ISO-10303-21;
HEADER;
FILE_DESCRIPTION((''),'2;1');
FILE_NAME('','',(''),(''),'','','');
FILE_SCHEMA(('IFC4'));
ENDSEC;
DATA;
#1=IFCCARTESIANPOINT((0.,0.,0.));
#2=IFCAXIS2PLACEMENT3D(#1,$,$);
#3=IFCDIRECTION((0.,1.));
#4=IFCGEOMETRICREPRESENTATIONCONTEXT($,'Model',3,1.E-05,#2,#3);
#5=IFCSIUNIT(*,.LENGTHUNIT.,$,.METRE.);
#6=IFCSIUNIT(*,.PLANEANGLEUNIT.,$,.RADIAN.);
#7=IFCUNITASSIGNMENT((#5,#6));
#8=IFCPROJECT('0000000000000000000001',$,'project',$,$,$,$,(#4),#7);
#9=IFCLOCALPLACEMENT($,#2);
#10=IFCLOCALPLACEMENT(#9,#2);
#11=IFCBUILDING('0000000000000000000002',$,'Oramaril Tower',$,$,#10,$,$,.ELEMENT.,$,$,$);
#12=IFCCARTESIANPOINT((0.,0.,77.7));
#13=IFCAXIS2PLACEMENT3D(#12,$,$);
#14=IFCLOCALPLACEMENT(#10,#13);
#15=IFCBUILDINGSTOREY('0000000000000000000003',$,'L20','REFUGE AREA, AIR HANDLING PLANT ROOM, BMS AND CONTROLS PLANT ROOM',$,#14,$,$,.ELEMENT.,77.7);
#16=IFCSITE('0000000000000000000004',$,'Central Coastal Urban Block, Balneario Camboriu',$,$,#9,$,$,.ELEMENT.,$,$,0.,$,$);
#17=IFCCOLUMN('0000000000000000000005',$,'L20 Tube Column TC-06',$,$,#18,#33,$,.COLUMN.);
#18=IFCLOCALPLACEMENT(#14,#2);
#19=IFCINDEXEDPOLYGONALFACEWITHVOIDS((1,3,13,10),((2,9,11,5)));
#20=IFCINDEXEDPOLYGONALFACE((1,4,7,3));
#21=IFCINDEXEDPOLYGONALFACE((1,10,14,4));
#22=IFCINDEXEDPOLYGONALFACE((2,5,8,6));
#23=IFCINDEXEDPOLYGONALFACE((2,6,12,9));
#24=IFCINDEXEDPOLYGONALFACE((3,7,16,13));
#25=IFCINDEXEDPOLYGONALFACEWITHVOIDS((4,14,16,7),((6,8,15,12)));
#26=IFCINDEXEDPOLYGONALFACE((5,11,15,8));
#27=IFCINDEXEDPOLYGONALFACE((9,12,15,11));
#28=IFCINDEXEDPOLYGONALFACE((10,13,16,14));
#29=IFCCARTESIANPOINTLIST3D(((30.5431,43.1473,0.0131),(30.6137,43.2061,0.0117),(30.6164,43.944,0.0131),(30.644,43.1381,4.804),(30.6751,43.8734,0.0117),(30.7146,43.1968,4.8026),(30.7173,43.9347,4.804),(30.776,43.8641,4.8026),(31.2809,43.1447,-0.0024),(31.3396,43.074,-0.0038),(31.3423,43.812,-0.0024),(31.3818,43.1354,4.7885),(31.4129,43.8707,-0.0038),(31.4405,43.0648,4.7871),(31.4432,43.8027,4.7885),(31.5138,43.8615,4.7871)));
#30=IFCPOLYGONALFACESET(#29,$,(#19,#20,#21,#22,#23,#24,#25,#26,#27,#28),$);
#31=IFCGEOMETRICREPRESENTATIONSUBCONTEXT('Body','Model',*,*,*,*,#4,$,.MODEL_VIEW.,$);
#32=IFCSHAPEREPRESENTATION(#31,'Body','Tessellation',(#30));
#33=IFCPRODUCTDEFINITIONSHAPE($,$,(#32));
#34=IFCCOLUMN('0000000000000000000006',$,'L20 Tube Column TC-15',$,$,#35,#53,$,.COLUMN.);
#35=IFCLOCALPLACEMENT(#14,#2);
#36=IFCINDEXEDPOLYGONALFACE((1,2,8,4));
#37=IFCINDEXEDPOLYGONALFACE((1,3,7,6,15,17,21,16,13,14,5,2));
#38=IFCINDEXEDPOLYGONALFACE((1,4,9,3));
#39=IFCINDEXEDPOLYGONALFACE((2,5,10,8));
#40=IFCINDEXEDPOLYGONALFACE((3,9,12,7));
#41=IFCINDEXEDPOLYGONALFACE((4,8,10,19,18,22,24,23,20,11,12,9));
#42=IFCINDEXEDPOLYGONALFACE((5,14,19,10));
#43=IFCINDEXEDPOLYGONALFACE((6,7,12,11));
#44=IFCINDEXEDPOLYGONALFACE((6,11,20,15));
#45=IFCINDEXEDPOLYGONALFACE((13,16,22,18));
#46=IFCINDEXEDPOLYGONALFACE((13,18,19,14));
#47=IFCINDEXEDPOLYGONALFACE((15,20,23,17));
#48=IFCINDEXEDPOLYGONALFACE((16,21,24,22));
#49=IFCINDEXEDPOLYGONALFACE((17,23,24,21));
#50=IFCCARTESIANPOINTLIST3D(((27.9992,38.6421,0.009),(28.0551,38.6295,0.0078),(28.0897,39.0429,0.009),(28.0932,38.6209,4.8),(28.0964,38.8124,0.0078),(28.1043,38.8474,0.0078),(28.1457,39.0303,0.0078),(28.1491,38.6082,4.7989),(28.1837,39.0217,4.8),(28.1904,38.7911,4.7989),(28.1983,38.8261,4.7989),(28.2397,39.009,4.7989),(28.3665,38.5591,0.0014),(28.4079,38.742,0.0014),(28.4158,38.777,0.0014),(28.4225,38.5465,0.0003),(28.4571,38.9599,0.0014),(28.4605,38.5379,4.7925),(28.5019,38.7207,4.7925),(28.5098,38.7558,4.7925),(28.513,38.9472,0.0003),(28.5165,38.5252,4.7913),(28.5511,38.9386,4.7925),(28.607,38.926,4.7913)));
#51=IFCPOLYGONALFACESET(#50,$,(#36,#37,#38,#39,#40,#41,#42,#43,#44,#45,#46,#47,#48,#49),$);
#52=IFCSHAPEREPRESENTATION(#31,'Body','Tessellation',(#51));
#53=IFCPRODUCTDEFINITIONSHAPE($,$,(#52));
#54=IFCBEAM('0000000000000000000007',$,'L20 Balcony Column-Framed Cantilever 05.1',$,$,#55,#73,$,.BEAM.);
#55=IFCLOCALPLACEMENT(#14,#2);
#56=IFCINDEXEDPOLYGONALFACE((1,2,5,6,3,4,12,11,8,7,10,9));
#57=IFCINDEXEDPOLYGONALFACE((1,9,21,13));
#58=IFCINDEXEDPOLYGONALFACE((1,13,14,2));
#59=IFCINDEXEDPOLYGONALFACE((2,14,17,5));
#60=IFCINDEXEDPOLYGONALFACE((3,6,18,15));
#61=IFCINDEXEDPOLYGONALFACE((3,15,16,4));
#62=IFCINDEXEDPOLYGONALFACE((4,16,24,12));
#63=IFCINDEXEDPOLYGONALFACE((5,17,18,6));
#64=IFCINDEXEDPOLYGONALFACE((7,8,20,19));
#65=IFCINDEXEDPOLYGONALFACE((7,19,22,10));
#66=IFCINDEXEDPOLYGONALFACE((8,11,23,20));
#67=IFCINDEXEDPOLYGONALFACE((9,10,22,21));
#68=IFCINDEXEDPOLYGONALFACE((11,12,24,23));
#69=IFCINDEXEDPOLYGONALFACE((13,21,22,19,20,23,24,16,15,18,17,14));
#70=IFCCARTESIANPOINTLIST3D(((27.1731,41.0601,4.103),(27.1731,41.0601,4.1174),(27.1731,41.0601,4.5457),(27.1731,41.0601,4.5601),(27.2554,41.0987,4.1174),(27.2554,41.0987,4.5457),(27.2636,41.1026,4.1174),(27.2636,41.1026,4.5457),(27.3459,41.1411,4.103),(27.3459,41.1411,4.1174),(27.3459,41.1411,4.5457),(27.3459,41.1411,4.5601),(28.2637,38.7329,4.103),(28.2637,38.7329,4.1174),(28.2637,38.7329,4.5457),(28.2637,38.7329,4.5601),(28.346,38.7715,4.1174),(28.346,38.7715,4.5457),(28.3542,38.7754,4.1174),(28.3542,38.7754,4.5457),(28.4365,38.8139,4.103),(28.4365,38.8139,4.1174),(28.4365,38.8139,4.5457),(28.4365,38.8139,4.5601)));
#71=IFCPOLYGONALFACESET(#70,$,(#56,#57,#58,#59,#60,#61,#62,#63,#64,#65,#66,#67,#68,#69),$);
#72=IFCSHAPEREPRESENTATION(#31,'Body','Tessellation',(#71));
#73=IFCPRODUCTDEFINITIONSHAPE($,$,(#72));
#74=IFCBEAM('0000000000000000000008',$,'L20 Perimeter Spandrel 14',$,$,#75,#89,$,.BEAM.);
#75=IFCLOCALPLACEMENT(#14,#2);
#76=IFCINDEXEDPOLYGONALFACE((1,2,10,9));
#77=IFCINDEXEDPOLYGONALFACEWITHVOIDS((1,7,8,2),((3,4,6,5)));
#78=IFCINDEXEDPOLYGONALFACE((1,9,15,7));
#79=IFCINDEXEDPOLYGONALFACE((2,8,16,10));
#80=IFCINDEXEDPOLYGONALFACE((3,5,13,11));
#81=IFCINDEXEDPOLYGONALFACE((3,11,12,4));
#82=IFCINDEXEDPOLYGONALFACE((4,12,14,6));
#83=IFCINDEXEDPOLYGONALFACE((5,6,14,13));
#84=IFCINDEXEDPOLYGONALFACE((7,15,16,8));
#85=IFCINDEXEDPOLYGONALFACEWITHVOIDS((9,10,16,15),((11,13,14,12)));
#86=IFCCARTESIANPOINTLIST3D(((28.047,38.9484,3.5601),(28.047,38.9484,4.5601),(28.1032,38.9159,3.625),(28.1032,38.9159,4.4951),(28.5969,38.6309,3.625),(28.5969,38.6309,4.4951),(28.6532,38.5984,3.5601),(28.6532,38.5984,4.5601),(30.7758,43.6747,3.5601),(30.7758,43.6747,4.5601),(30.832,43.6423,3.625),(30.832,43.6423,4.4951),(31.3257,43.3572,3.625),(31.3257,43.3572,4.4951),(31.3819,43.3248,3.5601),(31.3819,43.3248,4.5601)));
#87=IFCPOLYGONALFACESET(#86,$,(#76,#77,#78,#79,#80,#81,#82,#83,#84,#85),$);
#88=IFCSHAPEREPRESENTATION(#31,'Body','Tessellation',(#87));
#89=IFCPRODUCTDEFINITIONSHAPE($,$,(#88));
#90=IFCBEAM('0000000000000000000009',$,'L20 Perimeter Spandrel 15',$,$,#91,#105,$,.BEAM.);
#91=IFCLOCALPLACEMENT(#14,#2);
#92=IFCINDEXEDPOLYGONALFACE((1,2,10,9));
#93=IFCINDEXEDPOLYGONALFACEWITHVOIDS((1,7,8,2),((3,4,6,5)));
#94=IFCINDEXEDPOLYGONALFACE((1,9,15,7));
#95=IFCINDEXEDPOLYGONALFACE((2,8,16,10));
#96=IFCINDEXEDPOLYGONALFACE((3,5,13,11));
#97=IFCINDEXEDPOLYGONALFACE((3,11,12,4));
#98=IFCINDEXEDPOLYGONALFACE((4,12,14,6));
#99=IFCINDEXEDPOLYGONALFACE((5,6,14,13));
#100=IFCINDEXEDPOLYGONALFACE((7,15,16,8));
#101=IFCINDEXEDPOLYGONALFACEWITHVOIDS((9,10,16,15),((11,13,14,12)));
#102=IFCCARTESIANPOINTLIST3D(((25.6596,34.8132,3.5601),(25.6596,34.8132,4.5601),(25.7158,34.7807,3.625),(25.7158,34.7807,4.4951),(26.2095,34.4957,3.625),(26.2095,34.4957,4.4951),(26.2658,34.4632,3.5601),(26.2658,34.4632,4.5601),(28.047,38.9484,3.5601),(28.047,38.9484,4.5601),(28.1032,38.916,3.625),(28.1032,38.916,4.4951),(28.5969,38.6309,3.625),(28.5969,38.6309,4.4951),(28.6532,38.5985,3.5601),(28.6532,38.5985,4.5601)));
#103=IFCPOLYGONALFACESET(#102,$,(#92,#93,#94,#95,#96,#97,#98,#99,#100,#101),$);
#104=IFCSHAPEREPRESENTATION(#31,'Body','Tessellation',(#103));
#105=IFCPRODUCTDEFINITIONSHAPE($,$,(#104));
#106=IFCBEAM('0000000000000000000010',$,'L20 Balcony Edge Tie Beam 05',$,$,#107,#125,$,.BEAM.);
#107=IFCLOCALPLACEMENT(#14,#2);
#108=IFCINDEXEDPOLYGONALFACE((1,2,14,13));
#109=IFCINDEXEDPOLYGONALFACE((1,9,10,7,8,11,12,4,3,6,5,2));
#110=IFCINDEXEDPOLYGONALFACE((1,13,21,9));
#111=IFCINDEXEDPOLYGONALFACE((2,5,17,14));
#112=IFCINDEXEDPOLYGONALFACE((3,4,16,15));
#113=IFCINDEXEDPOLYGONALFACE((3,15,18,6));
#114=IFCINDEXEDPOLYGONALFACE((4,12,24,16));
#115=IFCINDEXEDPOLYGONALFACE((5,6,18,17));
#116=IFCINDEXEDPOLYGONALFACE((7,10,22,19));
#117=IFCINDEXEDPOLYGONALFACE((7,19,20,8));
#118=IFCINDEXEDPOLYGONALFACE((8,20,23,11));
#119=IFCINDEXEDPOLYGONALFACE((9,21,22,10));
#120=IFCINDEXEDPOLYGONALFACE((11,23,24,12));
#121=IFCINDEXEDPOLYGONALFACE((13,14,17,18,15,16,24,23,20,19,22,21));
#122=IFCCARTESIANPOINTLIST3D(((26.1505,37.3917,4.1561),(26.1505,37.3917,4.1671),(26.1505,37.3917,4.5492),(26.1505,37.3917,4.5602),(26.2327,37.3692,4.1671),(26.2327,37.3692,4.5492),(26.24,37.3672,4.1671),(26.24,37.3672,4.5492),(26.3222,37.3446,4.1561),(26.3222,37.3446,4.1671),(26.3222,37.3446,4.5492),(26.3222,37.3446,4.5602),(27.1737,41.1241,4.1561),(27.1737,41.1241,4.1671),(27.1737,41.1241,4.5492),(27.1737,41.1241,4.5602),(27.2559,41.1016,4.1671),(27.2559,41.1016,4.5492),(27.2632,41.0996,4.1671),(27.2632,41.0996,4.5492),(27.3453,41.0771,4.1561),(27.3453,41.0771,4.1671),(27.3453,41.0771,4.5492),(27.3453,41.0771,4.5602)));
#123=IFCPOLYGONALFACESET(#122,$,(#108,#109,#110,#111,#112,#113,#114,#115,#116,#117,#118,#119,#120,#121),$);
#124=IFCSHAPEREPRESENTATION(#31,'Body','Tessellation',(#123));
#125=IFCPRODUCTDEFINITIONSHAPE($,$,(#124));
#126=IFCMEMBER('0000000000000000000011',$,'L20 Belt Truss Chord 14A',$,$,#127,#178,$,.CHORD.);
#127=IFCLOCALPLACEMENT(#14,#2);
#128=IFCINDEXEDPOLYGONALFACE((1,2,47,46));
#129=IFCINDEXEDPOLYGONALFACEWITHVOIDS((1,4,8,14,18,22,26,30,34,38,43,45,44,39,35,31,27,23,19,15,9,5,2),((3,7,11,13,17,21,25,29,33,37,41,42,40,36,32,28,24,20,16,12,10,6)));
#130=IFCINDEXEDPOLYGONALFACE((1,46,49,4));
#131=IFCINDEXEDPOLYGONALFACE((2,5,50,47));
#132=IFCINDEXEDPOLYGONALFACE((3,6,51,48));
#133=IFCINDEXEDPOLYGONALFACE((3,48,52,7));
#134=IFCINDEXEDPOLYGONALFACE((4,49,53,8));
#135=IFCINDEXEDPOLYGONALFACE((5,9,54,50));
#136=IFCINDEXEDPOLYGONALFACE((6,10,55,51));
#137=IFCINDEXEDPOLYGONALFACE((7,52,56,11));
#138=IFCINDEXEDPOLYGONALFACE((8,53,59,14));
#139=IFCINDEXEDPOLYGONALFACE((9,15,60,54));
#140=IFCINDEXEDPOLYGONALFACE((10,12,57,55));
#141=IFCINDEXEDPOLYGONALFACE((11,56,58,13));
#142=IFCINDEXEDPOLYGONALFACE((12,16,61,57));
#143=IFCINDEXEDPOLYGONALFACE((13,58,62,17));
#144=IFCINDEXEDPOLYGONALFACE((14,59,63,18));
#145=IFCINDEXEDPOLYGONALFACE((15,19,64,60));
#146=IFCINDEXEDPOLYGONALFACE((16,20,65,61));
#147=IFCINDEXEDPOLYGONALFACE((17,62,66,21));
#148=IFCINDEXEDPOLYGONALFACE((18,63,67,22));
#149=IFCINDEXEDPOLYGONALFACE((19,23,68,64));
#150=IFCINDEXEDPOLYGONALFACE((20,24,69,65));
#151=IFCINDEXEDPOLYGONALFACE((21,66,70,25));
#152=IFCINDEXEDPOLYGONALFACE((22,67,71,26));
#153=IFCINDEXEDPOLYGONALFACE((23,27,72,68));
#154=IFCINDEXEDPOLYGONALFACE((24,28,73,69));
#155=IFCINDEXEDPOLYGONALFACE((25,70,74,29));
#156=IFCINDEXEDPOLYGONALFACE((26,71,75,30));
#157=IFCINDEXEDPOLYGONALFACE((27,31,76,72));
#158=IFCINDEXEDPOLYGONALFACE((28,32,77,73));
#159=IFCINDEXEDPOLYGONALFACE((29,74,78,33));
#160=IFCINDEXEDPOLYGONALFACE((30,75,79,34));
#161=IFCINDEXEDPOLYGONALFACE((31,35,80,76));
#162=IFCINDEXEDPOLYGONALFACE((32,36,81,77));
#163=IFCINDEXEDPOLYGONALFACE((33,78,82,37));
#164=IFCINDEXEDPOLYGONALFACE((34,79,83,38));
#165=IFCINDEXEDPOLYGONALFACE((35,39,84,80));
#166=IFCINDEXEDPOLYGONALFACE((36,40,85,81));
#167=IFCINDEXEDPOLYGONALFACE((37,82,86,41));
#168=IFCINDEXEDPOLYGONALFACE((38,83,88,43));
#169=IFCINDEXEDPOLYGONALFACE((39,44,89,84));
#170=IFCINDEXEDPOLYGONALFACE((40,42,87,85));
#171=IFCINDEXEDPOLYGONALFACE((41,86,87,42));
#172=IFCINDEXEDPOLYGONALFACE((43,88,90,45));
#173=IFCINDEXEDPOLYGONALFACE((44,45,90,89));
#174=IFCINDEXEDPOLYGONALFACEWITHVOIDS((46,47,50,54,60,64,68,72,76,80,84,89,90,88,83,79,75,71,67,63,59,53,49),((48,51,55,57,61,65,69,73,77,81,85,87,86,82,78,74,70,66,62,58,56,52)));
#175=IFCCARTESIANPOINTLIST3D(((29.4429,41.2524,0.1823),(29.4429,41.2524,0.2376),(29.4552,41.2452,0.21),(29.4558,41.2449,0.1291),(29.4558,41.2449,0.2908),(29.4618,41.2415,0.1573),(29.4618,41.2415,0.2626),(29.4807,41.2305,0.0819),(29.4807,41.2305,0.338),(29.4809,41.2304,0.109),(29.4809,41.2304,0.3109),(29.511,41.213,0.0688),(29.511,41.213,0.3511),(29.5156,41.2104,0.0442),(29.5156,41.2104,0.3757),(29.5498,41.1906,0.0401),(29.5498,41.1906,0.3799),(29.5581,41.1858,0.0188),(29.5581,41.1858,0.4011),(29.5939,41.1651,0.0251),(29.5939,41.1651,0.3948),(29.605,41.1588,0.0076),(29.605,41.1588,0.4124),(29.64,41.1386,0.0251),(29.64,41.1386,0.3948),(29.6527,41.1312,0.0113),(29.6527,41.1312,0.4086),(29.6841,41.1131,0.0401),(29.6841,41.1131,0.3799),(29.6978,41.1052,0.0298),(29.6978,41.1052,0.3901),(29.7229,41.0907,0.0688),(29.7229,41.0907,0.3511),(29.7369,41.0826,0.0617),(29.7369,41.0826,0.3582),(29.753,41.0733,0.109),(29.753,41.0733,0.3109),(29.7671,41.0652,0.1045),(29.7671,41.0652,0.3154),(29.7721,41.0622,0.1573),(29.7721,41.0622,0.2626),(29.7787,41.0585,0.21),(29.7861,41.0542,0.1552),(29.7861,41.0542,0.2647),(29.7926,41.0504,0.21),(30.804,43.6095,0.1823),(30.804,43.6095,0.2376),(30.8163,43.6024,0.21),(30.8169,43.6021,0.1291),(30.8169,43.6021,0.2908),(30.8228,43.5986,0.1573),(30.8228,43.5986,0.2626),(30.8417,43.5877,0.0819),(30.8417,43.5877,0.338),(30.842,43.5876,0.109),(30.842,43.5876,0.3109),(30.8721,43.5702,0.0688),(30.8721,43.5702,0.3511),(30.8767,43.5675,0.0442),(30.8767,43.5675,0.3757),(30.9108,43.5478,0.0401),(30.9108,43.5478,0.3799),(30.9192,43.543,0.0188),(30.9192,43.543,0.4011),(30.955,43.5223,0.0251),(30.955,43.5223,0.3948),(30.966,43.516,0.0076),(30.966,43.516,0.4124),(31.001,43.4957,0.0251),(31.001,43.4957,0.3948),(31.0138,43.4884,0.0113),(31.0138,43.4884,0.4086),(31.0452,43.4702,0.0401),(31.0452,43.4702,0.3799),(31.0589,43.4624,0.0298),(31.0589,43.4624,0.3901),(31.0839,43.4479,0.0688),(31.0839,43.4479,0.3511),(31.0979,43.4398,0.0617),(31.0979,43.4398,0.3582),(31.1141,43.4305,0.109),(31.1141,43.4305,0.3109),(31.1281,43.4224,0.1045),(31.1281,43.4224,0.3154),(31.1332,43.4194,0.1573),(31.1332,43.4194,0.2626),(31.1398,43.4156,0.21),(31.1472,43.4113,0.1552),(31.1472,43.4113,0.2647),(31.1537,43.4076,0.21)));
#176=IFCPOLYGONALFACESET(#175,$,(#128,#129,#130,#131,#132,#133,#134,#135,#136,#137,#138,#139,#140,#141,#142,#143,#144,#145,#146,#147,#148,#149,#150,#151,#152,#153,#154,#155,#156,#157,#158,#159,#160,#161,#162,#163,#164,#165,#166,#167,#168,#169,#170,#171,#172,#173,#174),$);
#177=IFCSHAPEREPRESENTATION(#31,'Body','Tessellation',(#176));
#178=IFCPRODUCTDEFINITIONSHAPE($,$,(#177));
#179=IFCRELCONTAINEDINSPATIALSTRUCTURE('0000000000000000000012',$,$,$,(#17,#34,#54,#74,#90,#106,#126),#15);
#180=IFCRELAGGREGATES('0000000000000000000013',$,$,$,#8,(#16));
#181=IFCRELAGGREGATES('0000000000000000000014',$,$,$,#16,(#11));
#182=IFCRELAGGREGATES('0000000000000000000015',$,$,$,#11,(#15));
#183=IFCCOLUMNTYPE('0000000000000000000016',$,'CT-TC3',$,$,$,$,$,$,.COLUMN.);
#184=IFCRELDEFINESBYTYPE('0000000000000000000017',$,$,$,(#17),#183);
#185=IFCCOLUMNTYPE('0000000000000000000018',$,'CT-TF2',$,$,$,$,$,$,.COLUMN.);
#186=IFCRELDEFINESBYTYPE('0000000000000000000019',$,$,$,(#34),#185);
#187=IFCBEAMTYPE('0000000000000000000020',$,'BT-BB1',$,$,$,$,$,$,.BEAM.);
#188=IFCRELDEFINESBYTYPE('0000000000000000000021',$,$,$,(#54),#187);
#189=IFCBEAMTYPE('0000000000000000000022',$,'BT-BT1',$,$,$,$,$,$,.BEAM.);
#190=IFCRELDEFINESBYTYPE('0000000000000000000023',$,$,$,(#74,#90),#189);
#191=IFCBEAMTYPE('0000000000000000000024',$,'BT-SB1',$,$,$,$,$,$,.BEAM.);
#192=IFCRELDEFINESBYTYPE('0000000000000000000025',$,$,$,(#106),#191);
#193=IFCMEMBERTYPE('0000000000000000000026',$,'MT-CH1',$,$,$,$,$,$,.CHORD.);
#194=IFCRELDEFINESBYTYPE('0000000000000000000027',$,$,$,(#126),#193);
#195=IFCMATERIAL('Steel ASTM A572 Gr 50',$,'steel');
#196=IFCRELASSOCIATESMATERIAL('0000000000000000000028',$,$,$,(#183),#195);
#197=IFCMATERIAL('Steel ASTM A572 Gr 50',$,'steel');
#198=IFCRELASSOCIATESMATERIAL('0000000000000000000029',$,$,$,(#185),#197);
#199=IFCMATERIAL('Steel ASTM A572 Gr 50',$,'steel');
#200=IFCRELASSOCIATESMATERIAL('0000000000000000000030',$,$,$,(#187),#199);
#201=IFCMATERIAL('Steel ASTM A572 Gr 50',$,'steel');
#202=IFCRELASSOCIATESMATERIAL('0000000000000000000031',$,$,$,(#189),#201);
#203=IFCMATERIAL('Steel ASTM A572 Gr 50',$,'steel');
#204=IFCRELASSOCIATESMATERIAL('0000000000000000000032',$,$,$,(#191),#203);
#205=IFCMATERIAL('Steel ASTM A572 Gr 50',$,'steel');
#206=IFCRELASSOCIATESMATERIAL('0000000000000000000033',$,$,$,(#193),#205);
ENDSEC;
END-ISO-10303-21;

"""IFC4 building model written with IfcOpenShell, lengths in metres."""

from ifc_helpers import new_model, si_unit, direction, frame, origin, origin_2d, place, context, subcontext, project, spatial, hollow_rectangle, hollow_circle, i_section, extrude, material, material_profile, profile_set, type_object, element, save


model = new_model("IFC4")

# Units and contexts
model_context = context("Model", 3, precision=1e-05, world=origin(), true_north=direction((0.0, 1.0)))
body_context = subcontext(model_context, "Body", "Model", "MODEL_VIEW")
ifc_project = project(units=[si_unit("LENGTHUNIT", "METRE"), si_unit("PLANEANGLEUNIT", "RADIAN")], contexts=[model_context])

# Site, building, storey
site_placement = place(None, origin())
site = spatial("IfcSite", under=ifc_project, at=site_placement, Name="Central Coastal Urban Block, Balneario Camboriu", CompositionType="ELEMENT", RefElevation=0.0)
building_placement = place(site_placement, origin())
building = spatial("IfcBuilding", under=site, at=building_placement, Name="Oramaril Tower", CompositionType="ELEMENT")
storey_placement = place(building_placement, frame((0.0, 0.0, 77.7)))
storey = spatial("IfcBuildingStorey", under=building, at=storey_placement, Name="L20", Description="REFUGE AREA, AIR HANDLING PLANT ROOM, BMS AND CONTROLS PLANT ROOM", CompositionType="ELEMENT", Elevation=77.7)

# Columns
ifc_material_1 = material(Name="Steel ASTM A572 Gr 50", Category="steel")
ifc_material_profile_1 = material_profile(ifc_material_1, hollow_rectangle(XDim=0.8, YDim=0.8, WallThickness=0.0649, at=origin_2d()), Name="BOX800X800X65")
ifc_profile_set_1 = profile_set([ifc_material_profile_1], Name="Steel ASTM A572 Gr 50")
column_type_1 = type_object("IfcColumnType", Name="CT-TC3", PredefinedType="COLUMN", material=ifc_profile_set_1)
column_1_placement = place(storey_placement, frame((30.978, 43.509, 0.0046), z_axis=(0.021041, -0.001936, 0.999777), x_axis=(0.091623, 0.995794, 0.0)))
element("IfcColumn", 1, at=column_1_placement, inside=storey, type_object=column_type_1, Name="L20 Tube Column TC-06", PredefinedType="COLUMN", context=body_context, shape_type="SweptSolid", body=[
    extrude(hollow_rectangle(XDim=0.8, YDim=0.8, WallThickness=0.0649, at=origin_2d()), origin(), (0.0, 0.0, 1.0), 4.792),
])
ifc_material_2 = material(Name="Steel ASTM A572 Gr 50", Category="steel")
ifc_material_profile_2 = material_profile(ifc_material_2, i_section(OverallWidth=0.4109, OverallDepth=0.4341, WebThickness=0.0359, FlangeThickness=0.0574, at=origin_2d()), Name="W14X311")
ifc_profile_set_2 = profile_set([ifc_material_profile_2], Name="Steel ASTM A572 Gr 50")
column_type_2 = type_object("IfcColumnType", Name="CT-TF2", PredefinedType="COLUMN", material=ifc_profile_set_2)
column_2_placement = place(storey_placement, frame((28.2561, 38.7947, 0.0046), z_axis=(0.019615, -0.004432, 0.999798), x_axis=(0.220416, 0.975406, 0.0)))
element("IfcColumn", 2, at=column_2_placement, inside=storey, type_object=column_type_2, Name="L20 Tube Column TC-15", PredefinedType="COLUMN", context=body_context, shape_type="SweptSolid", body=[
    extrude(i_section(OverallWidth=0.4109, OverallDepth=0.4341, WebThickness=0.0359, FlangeThickness=0.0574, at=origin_2d()), origin(), (0.0, 0.0, 1.0), 4.792),
])

# Beams
ifc_material_3 = material(Name="Steel ASTM A572 Gr 50", Category="steel")
ifc_material_profile_3 = material_profile(ifc_material_3, i_section(OverallWidth=0.1909, OverallDepth=0.457, WebThickness=0.009, FlangeThickness=0.0144, at=origin_2d()), Name="W18X50")
ifc_profile_set_3 = profile_set([ifc_material_profile_3], Name="Steel ASTM A572 Gr 50")
beam_type_1 = type_object("IfcBeamType", Name="BT-BB1", PredefinedType="BEAM", material=ifc_profile_set_3)
beam_1_placement = place(storey_placement, frame((28.3501, 38.7734, 4.3315), z_axis=(-0.424346, 0.9055, 0.0), x_axis=(-0.9055, -0.424346, 0.0)))
element("IfcBeam", 3, at=beam_1_placement, inside=storey, type_object=beam_type_1, Name="L20 Balcony Column-Framed Cantilever 05.1", PredefinedType="BEAM", context=body_context, shape_type="SweptSolid", body=[
    extrude(i_section(OverallWidth=0.1909, OverallDepth=0.457, WebThickness=0.009, FlangeThickness=0.0144, at=origin_2d()), origin(), (0.0, 0.0, 1.0), 2.5701),
])
ifc_material_4 = material(Name="Steel ASTM A572 Gr 50", Category="steel")
ifc_material_profile_4 = material_profile(ifc_material_4, hollow_rectangle(XDim=0.7, YDim=1.0, WallThickness=0.0649, at=origin_2d()), Name="BOX1000X700X65")
ifc_profile_set_4 = profile_set([ifc_material_profile_4], Name="Steel ASTM A572 Gr 50")
beam_type_2 = type_object("IfcBeamType", Name="BT-BT1", PredefinedType="BEAM", material=ifc_profile_set_4)
beam_2_placement = place(storey_placement, frame((31.0789, 43.4998, 4.0601), z_axis=(-0.500003, -0.866024, 0.0), x_axis=(0.866024, -0.500003, 0.0)))
element("IfcBeam", 4, at=beam_2_placement, inside=storey, type_object=beam_type_2, Name="L20 Perimeter Spandrel 14", PredefinedType="BEAM", context=body_context, shape_type="SweptSolid", body=[
    extrude(hollow_rectangle(XDim=0.7, YDim=1.0, WallThickness=0.0649, at=origin_2d()), origin(), (0.0, 0.0, 1.0), 5.4575),
])
beam_3_placement = place(storey_placement, frame((28.3501, 38.7734, 4.0601), z_axis=(-0.499994, -0.866029, 0.0), x_axis=(0.866029, -0.499994, 0.0)))
element("IfcBeam", 5, at=beam_3_placement, inside=storey, type_object=beam_type_2, Name="L20 Perimeter Spandrel 15", PredefinedType="BEAM", context=body_context, shape_type="SweptSolid", body=[
    extrude(hollow_rectangle(XDim=0.7, YDim=1.0, WallThickness=0.0649, at=origin_2d()), origin(), (0.0, 0.0, 1.0), 4.7749),
])
ifc_material_5 = material(Name="Steel ASTM A572 Gr 50", Category="steel")
ifc_material_profile_5 = material_profile(ifc_material_5, i_section(OverallWidth=0.178, OverallDepth=0.4041, WebThickness=0.0076, FlangeThickness=0.011, at=origin_2d()), Name="W16X36")
ifc_profile_set_5 = profile_set([ifc_material_profile_5], Name="Steel ASTM A572 Gr 50")
beam_type_3 = type_object("IfcBeamType", Name="BT-SB1", PredefinedType="BEAM", material=ifc_profile_set_5)
beam_4_placement = place(storey_placement, frame((27.2595, 41.1006, 4.3582), z_axis=(-0.264382, -0.964418, 0.0), x_axis=(0.964418, -0.264382, 0.0)))
element("IfcBeam", 6, at=beam_4_placement, inside=storey, type_object=beam_type_3, Name="L20 Balcony Edge Tie Beam 05", PredefinedType="BEAM", context=body_context, shape_type="SweptSolid", body=[
    extrude(i_section(OverallWidth=0.178, OverallDepth=0.4041, WebThickness=0.0076, FlangeThickness=0.011, at=origin_2d()), origin(), (0.0, 0.0, 1.0), 3.8701),
])

# Member
ifc_material_6 = material(Name="Steel ASTM A572 Gr 50", Category="steel")
ifc_material_profile_6 = material_profile(ifc_material_6, hollow_circle(Radius=0.2029, WallThickness=0.0161, at=origin_2d()), Name="CHS406X16")
ifc_profile_set_6 = profile_set([ifc_material_profile_6], Name="Steel ASTM A572 Gr 50")
member_type_1 = type_object("IfcMemberType", Name="MT-CH1", PredefinedType="CHORD", material=ifc_profile_set_6)
member_1_placement = place(storey_placement, frame((30.978, 43.509, 0.21), z_axis=(-0.500046, -0.865999, 0.0), x_axis=(0.865999, -0.500046, 0.0)))
element("IfcMember", 7, at=member_1_placement, inside=storey, type_object=member_type_1, Name="L20 Belt Truss Chord 14A", PredefinedType="CHORD", context=body_context, shape_type="SweptSolid", body=[
    extrude(hollow_circle(Radius=0.2029, WallThickness=0.0161, at=origin_2d()), origin(), (0.0, 0.0, 1.0), 2.7219),
])

save(model, "model.ifc")
